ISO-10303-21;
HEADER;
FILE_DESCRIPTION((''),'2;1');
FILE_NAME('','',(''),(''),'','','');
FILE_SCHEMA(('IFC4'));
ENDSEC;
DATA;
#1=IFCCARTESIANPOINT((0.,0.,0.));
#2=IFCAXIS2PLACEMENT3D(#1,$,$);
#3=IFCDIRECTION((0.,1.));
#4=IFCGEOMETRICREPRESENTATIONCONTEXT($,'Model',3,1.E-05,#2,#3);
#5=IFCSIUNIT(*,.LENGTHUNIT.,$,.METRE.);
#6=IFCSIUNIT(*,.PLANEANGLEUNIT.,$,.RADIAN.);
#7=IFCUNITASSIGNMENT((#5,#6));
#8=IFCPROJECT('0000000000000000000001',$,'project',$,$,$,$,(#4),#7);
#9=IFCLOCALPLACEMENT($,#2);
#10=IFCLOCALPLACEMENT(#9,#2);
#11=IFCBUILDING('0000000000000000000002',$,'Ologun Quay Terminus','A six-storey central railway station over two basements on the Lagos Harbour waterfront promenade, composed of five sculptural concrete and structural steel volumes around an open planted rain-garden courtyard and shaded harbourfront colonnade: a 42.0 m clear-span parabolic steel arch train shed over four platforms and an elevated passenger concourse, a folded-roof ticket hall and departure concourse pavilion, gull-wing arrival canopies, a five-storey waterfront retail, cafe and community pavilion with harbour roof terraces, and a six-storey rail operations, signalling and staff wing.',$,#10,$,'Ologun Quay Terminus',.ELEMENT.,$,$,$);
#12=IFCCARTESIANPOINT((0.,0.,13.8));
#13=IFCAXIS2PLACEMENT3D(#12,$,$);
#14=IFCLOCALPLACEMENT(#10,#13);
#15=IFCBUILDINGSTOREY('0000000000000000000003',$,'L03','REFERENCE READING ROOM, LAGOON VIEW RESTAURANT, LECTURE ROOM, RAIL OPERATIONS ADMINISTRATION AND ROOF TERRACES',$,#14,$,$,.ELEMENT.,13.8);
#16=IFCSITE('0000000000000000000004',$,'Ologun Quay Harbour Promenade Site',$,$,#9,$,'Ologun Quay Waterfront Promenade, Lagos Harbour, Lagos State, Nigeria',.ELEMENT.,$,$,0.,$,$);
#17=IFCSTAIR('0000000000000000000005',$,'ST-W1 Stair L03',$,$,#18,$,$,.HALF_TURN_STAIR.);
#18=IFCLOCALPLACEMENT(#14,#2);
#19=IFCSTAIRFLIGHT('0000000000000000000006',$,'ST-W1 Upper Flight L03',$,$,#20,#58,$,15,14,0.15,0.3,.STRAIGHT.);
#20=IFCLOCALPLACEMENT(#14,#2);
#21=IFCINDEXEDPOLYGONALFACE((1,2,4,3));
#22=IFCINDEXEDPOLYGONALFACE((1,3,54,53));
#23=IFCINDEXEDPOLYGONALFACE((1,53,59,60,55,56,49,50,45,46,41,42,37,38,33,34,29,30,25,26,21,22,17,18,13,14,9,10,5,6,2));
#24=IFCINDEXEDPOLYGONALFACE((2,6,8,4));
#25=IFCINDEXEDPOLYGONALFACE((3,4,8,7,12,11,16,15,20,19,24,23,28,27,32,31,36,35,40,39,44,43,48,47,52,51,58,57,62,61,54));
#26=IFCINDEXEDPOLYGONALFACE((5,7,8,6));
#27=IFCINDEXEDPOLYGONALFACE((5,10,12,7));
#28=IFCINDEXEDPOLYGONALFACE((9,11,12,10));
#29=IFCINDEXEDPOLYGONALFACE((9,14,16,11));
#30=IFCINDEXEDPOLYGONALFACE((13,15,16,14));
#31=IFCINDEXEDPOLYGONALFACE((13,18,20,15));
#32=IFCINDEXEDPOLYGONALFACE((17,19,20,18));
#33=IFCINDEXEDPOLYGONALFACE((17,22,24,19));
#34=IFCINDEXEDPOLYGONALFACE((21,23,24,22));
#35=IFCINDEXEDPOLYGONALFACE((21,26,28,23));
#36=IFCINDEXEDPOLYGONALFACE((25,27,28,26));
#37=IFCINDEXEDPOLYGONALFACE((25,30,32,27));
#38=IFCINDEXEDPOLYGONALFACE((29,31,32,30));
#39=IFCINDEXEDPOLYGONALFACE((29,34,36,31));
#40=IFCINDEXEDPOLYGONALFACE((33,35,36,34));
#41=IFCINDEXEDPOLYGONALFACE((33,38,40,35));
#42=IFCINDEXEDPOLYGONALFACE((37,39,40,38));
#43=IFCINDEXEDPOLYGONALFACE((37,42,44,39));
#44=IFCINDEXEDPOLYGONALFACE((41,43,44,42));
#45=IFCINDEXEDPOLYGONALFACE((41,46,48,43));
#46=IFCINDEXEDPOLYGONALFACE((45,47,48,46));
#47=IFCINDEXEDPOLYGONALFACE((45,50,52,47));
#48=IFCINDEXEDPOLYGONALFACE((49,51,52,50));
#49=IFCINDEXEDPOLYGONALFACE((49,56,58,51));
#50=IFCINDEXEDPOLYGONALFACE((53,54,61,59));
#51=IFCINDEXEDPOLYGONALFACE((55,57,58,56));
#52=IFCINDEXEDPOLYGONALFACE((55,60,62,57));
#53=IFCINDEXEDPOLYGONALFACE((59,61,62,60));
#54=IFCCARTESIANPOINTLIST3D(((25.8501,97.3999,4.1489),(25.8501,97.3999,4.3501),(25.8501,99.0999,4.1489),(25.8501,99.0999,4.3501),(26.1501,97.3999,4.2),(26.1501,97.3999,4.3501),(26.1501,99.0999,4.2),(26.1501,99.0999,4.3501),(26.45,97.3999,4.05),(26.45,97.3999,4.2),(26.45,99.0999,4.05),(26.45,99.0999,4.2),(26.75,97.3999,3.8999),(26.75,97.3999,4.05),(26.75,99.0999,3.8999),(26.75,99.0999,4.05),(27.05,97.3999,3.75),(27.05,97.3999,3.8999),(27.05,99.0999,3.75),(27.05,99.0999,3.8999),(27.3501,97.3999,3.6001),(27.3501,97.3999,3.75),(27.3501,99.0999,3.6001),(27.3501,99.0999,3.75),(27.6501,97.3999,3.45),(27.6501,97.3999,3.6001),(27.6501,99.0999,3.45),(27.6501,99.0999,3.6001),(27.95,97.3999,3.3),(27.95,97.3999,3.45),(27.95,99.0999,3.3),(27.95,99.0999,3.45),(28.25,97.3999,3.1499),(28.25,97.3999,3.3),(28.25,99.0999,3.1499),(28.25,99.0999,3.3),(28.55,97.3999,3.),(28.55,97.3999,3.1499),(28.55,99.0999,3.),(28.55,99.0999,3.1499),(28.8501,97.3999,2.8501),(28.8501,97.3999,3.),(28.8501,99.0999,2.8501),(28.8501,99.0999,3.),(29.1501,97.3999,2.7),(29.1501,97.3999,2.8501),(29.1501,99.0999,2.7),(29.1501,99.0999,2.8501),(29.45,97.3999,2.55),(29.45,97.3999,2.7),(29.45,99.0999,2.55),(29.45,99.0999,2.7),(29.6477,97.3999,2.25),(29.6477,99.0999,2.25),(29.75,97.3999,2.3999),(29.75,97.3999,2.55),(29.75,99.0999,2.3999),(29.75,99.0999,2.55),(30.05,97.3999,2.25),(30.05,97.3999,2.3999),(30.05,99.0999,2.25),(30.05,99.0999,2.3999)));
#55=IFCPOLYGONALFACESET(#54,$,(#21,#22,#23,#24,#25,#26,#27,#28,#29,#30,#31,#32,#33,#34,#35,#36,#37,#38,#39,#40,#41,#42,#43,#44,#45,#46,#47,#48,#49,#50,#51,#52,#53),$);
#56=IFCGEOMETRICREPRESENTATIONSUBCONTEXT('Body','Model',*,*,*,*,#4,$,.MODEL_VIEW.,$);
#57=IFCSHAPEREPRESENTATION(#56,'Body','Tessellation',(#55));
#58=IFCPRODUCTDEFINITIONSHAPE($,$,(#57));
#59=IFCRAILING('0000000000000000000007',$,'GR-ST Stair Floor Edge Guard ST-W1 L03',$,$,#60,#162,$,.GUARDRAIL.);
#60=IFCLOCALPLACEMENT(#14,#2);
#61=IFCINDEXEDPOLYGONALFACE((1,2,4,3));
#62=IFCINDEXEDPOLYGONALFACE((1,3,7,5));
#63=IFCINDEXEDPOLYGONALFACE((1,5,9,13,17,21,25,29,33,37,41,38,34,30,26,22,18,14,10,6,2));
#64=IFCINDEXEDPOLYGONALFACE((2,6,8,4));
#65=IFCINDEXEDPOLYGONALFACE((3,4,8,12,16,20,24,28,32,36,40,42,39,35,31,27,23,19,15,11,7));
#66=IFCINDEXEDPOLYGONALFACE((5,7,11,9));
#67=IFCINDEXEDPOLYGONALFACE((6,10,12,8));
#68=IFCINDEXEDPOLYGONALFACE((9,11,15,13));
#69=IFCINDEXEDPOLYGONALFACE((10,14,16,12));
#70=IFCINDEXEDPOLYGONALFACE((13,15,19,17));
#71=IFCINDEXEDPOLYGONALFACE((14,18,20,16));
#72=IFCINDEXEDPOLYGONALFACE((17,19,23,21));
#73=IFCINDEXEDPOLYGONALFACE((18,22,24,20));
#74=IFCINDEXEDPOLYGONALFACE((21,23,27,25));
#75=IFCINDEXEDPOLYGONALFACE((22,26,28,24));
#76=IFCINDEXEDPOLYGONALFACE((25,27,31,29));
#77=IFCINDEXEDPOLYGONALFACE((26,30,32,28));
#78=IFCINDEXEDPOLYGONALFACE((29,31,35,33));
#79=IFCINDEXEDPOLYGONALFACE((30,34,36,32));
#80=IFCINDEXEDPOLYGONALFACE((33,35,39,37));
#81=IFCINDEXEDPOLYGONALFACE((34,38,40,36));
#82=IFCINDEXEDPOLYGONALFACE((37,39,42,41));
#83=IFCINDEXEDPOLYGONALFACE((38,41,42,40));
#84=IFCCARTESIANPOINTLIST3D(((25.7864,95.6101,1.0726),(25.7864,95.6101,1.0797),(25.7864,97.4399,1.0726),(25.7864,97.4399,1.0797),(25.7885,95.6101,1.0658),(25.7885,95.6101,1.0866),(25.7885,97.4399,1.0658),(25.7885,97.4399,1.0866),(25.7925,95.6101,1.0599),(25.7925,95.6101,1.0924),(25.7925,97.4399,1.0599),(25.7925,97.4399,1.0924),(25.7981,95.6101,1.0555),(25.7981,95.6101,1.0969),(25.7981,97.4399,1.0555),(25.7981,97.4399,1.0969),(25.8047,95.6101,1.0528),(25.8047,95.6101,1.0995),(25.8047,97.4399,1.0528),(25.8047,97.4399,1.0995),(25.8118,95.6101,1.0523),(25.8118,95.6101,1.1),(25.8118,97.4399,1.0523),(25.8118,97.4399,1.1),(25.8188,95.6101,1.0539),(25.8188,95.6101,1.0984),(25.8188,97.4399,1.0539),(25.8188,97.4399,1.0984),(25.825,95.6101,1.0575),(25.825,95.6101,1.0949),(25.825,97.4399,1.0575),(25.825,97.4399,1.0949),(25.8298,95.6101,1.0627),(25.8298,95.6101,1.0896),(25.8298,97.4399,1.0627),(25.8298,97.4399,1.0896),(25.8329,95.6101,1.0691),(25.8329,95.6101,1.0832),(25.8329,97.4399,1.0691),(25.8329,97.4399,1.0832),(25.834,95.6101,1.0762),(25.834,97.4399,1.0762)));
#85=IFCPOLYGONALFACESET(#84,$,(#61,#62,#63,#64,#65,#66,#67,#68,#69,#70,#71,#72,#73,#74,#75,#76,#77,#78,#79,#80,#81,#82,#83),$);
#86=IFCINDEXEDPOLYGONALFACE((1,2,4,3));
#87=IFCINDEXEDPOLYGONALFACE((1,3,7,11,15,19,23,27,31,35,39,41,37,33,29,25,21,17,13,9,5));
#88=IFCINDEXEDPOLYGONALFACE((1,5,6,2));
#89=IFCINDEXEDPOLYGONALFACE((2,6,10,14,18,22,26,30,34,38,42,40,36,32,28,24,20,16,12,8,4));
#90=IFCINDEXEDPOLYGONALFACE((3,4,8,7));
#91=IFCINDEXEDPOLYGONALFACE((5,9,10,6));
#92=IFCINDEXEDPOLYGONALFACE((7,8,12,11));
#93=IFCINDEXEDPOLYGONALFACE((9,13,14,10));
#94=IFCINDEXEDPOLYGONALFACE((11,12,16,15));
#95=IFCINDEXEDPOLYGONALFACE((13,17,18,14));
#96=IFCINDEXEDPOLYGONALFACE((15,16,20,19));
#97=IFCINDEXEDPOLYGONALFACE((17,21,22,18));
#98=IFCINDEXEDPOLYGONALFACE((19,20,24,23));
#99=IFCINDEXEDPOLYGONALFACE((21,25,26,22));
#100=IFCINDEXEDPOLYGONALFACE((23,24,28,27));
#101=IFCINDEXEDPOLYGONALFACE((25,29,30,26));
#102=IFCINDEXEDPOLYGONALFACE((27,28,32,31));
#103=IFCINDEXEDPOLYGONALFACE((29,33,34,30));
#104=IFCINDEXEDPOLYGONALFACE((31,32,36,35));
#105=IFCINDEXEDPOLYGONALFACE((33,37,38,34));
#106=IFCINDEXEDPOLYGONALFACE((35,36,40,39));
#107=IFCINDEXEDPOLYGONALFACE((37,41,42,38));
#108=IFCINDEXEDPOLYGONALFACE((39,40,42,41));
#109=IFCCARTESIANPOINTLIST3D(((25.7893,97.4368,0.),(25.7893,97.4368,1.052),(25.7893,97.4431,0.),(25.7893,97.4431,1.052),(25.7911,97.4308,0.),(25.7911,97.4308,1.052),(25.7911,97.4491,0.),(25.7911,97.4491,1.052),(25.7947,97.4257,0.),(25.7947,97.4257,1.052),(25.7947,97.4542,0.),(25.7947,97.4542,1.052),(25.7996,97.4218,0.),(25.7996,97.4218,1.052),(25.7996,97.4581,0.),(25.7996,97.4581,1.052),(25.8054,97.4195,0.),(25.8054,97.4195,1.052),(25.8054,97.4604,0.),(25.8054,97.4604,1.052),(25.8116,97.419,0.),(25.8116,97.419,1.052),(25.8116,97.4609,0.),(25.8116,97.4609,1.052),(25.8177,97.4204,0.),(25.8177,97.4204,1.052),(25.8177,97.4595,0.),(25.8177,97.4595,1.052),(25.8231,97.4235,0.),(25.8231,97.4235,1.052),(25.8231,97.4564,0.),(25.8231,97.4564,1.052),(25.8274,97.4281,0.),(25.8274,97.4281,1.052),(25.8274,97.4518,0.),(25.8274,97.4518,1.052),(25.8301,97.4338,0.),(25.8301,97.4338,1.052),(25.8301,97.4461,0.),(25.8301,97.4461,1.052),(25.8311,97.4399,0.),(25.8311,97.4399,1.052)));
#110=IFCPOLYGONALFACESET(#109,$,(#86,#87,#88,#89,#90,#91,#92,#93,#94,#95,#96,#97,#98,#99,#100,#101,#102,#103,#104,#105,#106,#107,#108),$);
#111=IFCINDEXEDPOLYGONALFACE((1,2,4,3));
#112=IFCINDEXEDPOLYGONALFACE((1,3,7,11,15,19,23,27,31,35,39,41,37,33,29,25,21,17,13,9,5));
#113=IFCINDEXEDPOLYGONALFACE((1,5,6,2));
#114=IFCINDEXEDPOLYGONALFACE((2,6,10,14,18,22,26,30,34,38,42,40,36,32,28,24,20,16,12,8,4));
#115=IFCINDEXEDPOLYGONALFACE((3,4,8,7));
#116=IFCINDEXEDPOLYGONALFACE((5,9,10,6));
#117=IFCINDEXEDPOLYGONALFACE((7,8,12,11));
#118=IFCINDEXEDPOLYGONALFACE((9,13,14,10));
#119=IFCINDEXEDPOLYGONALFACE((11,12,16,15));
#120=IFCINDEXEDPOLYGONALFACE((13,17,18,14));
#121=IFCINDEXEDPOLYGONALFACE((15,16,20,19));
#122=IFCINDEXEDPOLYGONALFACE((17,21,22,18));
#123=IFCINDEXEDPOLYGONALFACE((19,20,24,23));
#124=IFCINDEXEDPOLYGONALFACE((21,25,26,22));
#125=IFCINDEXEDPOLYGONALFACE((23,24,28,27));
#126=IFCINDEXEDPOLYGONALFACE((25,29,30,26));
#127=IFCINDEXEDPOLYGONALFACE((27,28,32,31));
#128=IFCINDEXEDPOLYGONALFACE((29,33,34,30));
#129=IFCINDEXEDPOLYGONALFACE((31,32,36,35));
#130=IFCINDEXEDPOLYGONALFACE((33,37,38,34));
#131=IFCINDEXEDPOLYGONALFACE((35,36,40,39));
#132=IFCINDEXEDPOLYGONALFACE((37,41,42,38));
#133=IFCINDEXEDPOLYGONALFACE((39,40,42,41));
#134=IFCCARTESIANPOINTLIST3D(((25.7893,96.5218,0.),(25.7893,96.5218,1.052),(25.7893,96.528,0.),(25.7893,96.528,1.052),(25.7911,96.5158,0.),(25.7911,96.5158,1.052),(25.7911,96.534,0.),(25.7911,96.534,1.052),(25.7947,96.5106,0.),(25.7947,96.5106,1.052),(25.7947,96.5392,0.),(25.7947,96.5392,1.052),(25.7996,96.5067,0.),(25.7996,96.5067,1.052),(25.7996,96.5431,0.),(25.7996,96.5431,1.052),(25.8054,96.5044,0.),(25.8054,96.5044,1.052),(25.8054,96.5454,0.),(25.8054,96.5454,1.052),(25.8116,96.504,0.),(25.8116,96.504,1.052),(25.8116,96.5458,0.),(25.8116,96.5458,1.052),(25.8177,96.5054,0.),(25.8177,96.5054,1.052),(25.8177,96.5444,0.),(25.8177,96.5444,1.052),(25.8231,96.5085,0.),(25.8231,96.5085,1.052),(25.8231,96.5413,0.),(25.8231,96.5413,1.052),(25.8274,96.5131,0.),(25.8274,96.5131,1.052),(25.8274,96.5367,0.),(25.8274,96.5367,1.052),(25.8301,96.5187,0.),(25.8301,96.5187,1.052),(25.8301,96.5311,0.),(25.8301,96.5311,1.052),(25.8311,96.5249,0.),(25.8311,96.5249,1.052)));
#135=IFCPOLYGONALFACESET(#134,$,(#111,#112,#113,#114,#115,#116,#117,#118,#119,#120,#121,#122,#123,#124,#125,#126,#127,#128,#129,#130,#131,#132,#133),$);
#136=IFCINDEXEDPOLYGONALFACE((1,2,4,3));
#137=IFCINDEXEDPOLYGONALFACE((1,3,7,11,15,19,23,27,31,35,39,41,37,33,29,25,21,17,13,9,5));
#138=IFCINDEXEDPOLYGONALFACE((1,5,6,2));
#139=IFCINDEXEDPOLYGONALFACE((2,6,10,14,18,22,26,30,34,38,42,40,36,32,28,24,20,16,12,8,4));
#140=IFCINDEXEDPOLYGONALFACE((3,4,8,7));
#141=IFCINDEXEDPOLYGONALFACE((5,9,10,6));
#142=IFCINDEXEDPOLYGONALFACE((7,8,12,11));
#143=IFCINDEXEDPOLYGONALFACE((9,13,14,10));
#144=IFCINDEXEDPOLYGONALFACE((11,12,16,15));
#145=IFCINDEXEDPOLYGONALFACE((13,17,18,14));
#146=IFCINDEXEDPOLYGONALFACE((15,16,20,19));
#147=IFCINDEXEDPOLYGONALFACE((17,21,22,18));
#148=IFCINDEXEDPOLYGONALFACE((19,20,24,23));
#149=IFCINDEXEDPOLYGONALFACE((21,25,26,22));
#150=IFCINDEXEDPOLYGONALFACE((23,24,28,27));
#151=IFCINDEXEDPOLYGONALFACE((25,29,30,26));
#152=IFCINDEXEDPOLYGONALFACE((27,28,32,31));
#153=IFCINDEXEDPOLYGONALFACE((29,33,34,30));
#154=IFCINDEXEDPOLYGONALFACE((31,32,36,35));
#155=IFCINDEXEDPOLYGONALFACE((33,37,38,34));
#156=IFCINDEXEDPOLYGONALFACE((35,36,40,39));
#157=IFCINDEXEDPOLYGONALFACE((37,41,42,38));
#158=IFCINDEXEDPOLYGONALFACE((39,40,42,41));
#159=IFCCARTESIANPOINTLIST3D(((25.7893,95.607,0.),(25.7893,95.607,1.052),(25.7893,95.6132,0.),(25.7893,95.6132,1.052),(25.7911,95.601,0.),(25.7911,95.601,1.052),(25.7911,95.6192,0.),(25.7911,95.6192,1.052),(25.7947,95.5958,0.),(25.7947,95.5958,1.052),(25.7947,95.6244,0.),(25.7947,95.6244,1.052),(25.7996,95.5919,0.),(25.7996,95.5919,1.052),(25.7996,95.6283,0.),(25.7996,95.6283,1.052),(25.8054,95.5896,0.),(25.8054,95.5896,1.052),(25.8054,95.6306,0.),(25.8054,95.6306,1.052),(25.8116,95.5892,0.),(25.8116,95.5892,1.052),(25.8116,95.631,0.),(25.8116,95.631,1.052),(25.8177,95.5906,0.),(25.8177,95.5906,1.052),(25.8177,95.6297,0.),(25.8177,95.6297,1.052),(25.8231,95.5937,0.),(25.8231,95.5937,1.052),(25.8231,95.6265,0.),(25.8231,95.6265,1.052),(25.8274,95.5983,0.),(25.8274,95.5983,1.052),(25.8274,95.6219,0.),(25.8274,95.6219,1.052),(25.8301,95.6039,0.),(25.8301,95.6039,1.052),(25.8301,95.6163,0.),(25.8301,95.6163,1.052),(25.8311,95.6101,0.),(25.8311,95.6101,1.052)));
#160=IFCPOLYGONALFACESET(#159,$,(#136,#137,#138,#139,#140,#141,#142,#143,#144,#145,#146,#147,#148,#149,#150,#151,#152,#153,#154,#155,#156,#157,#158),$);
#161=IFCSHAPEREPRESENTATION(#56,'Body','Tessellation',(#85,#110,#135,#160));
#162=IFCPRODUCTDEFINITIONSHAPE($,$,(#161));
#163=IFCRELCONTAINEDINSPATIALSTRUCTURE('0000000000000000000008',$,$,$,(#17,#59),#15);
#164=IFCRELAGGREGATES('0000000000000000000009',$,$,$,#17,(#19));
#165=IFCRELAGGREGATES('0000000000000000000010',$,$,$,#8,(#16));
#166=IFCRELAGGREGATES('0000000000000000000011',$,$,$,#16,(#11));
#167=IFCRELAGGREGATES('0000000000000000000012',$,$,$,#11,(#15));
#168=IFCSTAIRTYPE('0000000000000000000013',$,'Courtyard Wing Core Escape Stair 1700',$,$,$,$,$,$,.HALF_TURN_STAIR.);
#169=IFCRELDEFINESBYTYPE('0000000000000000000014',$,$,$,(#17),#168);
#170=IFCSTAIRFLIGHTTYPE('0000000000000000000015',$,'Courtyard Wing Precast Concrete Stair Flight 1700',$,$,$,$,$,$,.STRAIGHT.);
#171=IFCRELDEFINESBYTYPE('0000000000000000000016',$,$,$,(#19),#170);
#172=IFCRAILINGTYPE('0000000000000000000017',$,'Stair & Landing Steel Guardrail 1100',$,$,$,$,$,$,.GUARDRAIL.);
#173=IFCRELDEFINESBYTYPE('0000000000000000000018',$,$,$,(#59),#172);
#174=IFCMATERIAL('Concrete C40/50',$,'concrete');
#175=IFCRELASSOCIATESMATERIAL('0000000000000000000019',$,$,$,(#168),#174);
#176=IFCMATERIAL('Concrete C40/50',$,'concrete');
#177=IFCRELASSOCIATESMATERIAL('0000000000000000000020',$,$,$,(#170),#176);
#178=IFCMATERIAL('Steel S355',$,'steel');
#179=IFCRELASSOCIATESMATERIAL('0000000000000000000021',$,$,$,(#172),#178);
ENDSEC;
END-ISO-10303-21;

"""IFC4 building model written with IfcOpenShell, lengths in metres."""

from ifc_helpers import new_model, si_unit, direction, frame, origin, origin_2d, place, context, subcontext, project, spatial, polyline, circle, outline, extrude, material, type_object, element, aggregate, save


model = new_model("IFC4")

# Units and contexts
model_context = context("Model", 3, precision=1e-05, world=origin(), true_north=direction((0.0, 1.0)))
body_context = subcontext(model_context, "Body", "Model", "MODEL_VIEW")
ifc_project = project(units=[si_unit("LENGTHUNIT", "METRE"), si_unit("PLANEANGLEUNIT", "RADIAN")], contexts=[model_context])

# Site, building, storey
site_placement = place(None, origin())
site = spatial("IfcSite", under=ifc_project, at=site_placement, Name="Ologun Quay Harbour Promenade Site", LongName="Ologun Quay Waterfront Promenade, Lagos Harbour, Lagos State, Nigeria", CompositionType="ELEMENT", RefElevation=0.0)
building_placement = place(site_placement, origin())
building = spatial("IfcBuilding", under=site, at=building_placement, Name="Ologun Quay Terminus", Description="A six-storey central railway station over two basements on the Lagos Harbour waterfront promenade, composed of five sculptural concrete and structural steel volumes around an open planted rain-garden courtyard and shaded harbourfront colonnade: a 42.0 m clear-span parabolic steel arch train shed over four platforms and an elevated passenger concourse, a folded-roof ticket hall and departure concourse pavilion, gull-wing arrival canopies, a five-storey waterfront retail, cafe and community pavilion with harbour roof terraces, and a six-storey rail operations, signalling and staff wing.", LongName="Ologun Quay Terminus", CompositionType="ELEMENT")
storey_placement = place(building_placement, frame((0.0, 0.0, 13.8)))
storey = spatial("IfcBuildingStorey", under=building, at=storey_placement, Name="L03", Description="REFERENCE READING ROOM, LAGOON VIEW RESTAURANT, LECTURE ROOM, RAIL OPERATIONS ADMINISTRATION AND ROOF TERRACES", CompositionType="ELEMENT", Elevation=13.8)

# Stair, stair flight
ifc_material_1 = material(Name="Concrete C40/50", Category="concrete")
stair_type = type_object("IfcStairType", Name="Courtyard Wing Core Escape Stair 1700", PredefinedType="HALF_TURN_STAIR", material=ifc_material_1)
stair_placement = place(storey_placement, origin())
stair = element("IfcStair", 1, at=stair_placement, inside=storey, type_object=stair_type, Name="ST-W1 Stair L03", PredefinedType="HALF_TURN_STAIR")
ifc_material_2 = material(Name="Concrete C40/50", Category="concrete")
stair_flight_type = type_object("IfcStairFlightType", Name="Courtyard Wing Precast Concrete Stair Flight 1700", PredefinedType="STRAIGHT", material=ifc_material_2)
stair_flight_1_placement = place(storey_placement, frame((30.05, 98.25, 2.25), z_axis=(0.0, 0.0, 1.0), x_axis=(-1.0, 0.0, 0.0)))
stair_flight_1 = element("IfcStairFlight", 2, at=stair_flight_1_placement, type_object=stair_flight_type, Name="ST-W1 Upper Flight L03", NumberOfRisers=15, NumberOfTreads=14, PredefinedType="STRAIGHT", RiserHeight=0.15, TreadLength=0.3, context=body_context, shape_type="SweptSolid", body=[
    extrude(outline(polyline([(0.0, 0.0), (0.0, 0.1499), (0.3, 0.1499), (0.3, 0.3), (0.6001, 0.3), (0.6001, 0.45), (0.8999, 0.45), (0.8999, 0.6001), (1.2, 0.6001), (1.2, 0.75), (1.5, 0.75), (1.5, 0.8999), (1.8, 0.8999), (1.8, 1.05), (2.1001, 1.05), (2.1001, 1.2), (2.3999, 1.2), (2.3999, 1.3501), (2.7, 1.3501), (2.7, 1.5), (3.0, 1.5), (3.0, 1.6499), (3.3, 1.6499), (3.3, 1.8), (3.6001, 1.8), (3.6001, 1.95), (3.8999, 1.95), (3.8999, 2.1001), (4.2, 2.1001), (4.2, 2.25), (4.2, 1.8989), (0.4023, 0.0), (0.0, 0.0)])), frame((0.0, 0.8501, 0.0), z_axis=(0.0, -1.0, 0.0), x_axis=(1.0, 0.0, 0.0)), (0.0, 0.0, 1.0), 1.7),
])
aggregate(stair, [stair_flight_1])

# Railing
ifc_material_3 = material(Name="Steel S355", Category="steel")
railing_type_1 = type_object("IfcRailingType", Name="Stair & Landing Steel Guardrail 1100", PredefinedType="GUARDRAIL", material=ifc_material_3)
railing_1_placement = place(storey_placement, frame((25.8101, 97.4399, 0.0)))
element("IfcRailing", 3, at=railing_1_placement, inside=storey, type_object=railing_type_1, Name="GR-ST Stair Floor Edge Guard ST-W1 L03", PredefinedType="GUARDRAIL", context=body_context, shape_type="SweptSolid", body=[
    extrude(circle(Radius=0.0239, at=origin_2d()), frame((0.0, 0.0, 1.0762), z_axis=(0.0, -1.0, 0.0), x_axis=(1.0, 0.0, 0.0)), (0.0, 0.0, 1.0), 1.8298),
    extrude(circle(Radius=0.021, at=origin_2d()), origin(), (0.0, 0.0, 1.0), 1.052),
    extrude(circle(Radius=0.021, at=origin_2d()), frame((0.0, -0.915, 0.0)), (0.0, 0.0, 1.0), 1.052),
    extrude(circle(Radius=0.021, at=origin_2d()), frame((0.0, -1.8298, 0.0)), (0.0, 0.0, 1.0), 1.052),
])

save(model, "model.ifc")
